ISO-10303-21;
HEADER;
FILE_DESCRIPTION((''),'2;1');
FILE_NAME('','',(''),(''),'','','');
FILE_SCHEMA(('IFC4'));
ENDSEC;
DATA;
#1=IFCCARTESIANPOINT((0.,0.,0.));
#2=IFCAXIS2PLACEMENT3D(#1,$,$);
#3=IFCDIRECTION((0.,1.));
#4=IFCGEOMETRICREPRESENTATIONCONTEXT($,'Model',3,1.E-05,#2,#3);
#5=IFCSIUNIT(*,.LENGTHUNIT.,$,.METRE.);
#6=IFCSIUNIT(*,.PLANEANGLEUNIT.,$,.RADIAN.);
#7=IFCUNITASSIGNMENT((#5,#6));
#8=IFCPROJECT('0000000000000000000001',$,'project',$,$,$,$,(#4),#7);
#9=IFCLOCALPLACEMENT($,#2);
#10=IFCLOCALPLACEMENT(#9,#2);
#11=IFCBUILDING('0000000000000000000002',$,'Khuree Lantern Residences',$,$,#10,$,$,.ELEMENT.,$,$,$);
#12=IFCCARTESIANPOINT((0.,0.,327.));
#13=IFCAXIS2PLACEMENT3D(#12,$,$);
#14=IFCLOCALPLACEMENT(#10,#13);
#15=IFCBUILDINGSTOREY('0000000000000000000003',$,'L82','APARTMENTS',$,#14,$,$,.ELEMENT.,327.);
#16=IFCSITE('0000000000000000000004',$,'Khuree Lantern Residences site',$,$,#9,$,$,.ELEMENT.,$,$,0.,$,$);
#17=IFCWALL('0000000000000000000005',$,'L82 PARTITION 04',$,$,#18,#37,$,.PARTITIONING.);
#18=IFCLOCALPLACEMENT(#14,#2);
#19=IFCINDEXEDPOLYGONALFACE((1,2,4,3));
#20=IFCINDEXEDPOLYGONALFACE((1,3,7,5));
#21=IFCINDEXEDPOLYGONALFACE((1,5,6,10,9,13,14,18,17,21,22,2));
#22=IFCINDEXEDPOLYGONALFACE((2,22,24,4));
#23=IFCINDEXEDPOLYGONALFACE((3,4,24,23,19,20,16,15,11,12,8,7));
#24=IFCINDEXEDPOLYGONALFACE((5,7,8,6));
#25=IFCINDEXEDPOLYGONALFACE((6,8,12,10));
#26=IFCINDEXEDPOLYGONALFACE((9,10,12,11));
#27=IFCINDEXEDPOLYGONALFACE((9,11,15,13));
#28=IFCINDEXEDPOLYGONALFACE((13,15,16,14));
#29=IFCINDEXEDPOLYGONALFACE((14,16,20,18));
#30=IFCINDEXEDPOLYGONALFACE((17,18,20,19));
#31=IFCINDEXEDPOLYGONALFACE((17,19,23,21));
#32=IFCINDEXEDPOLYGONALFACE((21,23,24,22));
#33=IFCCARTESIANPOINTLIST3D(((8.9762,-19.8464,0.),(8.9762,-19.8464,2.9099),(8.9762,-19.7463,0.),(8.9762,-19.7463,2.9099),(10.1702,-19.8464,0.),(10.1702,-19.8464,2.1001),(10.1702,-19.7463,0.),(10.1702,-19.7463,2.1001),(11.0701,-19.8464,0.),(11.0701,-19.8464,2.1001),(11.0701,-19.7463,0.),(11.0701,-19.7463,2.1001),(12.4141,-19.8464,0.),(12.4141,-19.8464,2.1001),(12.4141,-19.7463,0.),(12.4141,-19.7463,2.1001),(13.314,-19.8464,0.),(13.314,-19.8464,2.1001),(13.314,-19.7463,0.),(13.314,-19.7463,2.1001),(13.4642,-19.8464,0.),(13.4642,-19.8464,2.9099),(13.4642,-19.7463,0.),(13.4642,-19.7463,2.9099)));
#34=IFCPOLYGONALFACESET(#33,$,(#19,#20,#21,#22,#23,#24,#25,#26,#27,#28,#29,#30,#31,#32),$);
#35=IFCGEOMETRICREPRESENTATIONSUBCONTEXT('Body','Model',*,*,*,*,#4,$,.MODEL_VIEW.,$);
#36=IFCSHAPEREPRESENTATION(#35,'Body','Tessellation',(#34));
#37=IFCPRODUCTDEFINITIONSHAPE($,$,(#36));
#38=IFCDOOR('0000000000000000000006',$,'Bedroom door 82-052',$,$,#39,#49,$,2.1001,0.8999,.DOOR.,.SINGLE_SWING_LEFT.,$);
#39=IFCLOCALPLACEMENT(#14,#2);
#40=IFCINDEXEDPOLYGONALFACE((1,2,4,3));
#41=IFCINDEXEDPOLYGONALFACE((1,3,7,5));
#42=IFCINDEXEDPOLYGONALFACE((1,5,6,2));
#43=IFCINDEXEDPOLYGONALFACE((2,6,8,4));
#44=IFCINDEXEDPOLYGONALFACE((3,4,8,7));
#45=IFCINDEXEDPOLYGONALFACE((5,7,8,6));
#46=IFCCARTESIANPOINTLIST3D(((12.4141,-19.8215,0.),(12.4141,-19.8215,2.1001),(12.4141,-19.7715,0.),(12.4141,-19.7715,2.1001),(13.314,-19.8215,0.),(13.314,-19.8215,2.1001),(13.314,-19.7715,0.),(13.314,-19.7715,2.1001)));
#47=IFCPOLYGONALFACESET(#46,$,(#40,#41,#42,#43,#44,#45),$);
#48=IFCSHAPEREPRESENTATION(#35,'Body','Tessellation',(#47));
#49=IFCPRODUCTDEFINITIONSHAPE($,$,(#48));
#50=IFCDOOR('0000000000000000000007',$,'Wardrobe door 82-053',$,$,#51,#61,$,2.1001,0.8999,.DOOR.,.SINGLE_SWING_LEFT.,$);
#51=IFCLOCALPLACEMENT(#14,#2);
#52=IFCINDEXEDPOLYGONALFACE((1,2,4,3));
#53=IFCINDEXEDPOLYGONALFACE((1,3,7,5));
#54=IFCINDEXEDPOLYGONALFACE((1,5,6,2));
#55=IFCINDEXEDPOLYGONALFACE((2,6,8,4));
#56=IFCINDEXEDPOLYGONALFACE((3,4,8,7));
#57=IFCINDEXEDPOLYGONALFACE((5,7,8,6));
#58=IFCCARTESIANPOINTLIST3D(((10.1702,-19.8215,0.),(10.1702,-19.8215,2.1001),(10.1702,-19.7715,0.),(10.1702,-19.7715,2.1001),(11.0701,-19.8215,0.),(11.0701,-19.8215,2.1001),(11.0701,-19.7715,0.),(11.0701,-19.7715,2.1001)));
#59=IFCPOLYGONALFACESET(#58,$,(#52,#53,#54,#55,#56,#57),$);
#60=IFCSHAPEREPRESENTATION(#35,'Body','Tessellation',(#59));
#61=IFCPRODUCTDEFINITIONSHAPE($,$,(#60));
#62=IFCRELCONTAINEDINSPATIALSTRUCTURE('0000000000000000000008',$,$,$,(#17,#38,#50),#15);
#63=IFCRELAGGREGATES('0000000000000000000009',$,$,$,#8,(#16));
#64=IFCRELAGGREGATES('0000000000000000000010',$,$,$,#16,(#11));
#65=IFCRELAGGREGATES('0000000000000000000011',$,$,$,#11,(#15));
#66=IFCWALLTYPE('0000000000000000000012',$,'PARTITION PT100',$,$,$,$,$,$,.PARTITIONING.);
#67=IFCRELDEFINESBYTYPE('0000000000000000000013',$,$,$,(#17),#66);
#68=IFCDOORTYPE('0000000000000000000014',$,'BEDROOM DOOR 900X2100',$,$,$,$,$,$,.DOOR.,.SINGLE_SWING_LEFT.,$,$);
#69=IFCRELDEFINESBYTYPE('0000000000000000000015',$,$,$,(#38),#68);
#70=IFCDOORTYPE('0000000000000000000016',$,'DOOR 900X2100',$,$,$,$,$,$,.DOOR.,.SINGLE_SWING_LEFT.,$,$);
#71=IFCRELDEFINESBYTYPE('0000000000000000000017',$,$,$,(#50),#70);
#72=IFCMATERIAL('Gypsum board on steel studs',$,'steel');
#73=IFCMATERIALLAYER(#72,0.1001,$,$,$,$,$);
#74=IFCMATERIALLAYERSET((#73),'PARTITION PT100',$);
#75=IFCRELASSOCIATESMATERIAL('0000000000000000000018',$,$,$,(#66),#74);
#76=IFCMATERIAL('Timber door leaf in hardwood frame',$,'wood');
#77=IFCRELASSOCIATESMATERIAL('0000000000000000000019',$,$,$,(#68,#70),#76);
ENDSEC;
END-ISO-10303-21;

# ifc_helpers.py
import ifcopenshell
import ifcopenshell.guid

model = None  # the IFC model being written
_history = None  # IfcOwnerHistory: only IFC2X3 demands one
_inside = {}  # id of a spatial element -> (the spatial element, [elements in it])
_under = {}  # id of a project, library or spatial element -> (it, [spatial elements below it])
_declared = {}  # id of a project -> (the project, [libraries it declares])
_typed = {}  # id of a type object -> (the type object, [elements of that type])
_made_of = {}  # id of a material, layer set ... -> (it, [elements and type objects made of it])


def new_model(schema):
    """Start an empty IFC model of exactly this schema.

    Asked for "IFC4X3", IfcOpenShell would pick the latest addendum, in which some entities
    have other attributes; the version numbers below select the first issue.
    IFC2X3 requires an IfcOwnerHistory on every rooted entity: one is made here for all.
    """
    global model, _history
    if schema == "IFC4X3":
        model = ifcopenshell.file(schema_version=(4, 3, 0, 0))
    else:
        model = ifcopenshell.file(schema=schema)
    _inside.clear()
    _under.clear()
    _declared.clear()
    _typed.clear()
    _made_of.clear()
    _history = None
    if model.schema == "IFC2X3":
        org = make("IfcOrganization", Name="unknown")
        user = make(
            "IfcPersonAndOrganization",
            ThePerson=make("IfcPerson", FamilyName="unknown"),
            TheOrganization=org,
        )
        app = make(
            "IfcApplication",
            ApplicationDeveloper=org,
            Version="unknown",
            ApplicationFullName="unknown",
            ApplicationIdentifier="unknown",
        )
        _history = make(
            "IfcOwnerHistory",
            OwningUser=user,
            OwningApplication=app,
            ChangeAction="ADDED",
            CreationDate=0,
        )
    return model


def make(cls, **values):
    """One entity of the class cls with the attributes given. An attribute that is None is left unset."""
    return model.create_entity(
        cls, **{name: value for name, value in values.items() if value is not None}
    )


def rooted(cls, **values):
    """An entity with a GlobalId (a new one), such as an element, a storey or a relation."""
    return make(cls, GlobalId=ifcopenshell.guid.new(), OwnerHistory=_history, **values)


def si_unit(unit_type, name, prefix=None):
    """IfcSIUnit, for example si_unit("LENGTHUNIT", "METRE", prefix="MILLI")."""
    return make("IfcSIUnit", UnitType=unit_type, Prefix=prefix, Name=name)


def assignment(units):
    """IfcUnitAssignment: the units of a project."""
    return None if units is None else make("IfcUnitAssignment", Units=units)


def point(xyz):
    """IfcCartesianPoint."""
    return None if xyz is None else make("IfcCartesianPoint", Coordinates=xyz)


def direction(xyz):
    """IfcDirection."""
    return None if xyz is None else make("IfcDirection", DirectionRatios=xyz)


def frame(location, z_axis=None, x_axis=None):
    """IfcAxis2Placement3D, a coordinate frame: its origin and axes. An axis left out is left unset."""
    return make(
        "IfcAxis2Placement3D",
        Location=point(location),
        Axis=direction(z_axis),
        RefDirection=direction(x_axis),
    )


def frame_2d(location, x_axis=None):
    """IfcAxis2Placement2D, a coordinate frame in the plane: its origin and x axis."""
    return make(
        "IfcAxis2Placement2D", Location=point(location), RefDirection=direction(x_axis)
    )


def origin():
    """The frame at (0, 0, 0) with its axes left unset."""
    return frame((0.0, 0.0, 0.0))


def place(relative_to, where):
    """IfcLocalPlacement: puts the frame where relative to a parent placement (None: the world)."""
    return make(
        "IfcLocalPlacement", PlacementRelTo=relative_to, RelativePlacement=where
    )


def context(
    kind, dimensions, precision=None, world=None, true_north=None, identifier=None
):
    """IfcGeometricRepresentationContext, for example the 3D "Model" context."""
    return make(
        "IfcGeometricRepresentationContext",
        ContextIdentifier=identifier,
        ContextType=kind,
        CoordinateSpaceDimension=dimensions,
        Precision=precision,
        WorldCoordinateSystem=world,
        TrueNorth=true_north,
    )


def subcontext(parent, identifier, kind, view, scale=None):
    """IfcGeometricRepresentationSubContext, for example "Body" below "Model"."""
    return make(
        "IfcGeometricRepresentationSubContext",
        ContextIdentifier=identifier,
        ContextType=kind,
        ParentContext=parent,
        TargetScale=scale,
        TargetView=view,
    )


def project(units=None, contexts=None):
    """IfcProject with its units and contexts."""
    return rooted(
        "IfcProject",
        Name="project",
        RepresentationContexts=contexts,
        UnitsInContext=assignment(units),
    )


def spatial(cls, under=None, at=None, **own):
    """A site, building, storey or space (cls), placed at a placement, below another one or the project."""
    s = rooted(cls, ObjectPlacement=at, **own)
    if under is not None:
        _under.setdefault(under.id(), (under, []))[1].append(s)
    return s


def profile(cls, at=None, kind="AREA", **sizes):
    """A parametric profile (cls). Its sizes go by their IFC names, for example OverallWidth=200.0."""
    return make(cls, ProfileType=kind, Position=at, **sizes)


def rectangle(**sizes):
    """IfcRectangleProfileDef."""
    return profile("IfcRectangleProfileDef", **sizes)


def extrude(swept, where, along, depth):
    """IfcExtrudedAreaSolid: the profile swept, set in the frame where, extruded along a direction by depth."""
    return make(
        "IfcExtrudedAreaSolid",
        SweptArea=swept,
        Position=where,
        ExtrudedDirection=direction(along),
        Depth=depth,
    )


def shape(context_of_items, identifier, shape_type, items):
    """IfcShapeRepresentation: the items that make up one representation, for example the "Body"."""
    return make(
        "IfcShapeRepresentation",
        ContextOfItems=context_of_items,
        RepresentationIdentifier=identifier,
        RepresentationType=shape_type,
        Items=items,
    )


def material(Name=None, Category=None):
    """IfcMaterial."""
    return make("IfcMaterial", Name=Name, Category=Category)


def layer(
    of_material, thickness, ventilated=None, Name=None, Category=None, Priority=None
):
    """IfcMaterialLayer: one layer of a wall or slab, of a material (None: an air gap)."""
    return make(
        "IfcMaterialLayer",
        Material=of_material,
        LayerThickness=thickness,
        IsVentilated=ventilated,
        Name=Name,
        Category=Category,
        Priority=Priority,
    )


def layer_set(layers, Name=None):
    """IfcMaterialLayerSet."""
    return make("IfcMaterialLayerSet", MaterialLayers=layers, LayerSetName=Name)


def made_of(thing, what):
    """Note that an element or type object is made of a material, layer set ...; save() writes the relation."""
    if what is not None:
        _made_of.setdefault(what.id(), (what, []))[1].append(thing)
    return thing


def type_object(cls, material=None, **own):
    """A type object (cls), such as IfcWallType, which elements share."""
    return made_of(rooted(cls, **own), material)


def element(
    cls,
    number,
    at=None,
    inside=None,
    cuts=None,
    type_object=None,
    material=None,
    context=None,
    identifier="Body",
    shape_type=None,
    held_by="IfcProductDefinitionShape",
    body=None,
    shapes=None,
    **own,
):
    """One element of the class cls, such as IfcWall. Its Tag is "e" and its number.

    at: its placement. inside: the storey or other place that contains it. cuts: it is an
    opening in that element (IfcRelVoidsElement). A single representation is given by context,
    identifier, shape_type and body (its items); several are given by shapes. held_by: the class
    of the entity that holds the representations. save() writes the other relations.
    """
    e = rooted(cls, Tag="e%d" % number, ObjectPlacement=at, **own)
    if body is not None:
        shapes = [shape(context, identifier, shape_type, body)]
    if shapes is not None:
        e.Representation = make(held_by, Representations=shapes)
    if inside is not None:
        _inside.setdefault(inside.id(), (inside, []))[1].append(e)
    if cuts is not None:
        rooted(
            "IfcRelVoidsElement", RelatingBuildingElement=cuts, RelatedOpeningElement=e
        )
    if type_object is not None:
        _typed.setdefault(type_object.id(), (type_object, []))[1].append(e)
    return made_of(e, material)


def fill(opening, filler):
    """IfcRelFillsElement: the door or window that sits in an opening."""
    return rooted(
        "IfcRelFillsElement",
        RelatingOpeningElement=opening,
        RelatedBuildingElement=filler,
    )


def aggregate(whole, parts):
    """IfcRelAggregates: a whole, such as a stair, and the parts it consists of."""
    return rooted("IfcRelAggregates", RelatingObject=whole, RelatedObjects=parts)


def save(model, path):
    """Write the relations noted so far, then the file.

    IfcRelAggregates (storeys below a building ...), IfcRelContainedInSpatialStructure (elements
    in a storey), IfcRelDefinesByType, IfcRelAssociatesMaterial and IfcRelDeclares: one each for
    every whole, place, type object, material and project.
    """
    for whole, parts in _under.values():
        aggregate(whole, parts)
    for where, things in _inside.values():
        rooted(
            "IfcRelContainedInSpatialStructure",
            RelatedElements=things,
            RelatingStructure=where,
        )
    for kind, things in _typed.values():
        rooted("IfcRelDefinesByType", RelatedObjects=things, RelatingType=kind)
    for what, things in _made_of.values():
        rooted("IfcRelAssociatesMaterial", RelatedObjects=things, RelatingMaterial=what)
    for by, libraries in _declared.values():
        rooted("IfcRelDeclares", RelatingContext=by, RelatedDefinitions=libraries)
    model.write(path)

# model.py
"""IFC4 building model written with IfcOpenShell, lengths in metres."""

from ifc_helpers import new_model, si_unit, direction, frame, frame_2d, origin, place, context, subcontext, project, spatial, rectangle, extrude, material, layer, layer_set, type_object, element, fill, save


model = new_model("IFC4")

# Units and contexts
model_context = context("Model", 3, precision=1e-05, world=origin(), true_north=direction((0.0, 1.0)))
body_context = subcontext(model_context, "Body", "Model", "MODEL_VIEW")
ifc_project = project(units=[si_unit("LENGTHUNIT", "METRE"), si_unit("PLANEANGLEUNIT", "RADIAN")], contexts=[model_context])

# Site, building, storey
site_placement = place(None, origin())
site = spatial("IfcSite", under=ifc_project, at=site_placement, Name="Khuree Lantern Residences site", CompositionType="ELEMENT", RefElevation=0.0)
building_placement = place(site_placement, origin())
building = spatial("IfcBuilding", under=site, at=building_placement, Name="Khuree Lantern Residences", CompositionType="ELEMENT")
storey_placement = place(building_placement, frame((0.0, 0.0, 327.0)))
storey = spatial("IfcBuildingStorey", under=building, at=storey_placement, Name="L82", Description="APARTMENTS", CompositionType="ELEMENT", Elevation=327.0)

# Shared definitions
ifc_material_1 = material(Name="Gypsum board on steel studs", Category="steel")
ifc_layer_1 = layer(ifc_material_1, 0.1001)
ifc_layer_set_1 = layer_set([ifc_layer_1], Name="PARTITION PT100")
wall_type = type_object("IfcWallType", Name="PARTITION PT100", PredefinedType="PARTITIONING", material=ifc_layer_set_1)

# Shared definitions
ifc_material_2 = material(Name="Timber door leaf in hardwood frame", Category="wood")
door_type_1 = type_object("IfcDoorType", Name="BEDROOM DOOR 900X2100", OperationType="SINGLE_SWING_LEFT", PredefinedType="DOOR", material=ifc_material_2)

# Wall, openings, doors
wall_1_placement = place(storey_placement, frame((8.9761, -19.7964, 0.0), z_axis=(0.0, 0.0, 1.0), x_axis=(1.0, 0.0, 0.0)))
wall_1 = element("IfcWall", 1, at=wall_1_placement, inside=storey, type_object=wall_type, Name="L82 PARTITION 04", PredefinedType="PARTITIONING", context=body_context, shape_type="SweptSolid", body=[
    extrude(rectangle(XDim=4.488, YDim=0.1001, at=frame_2d((2.2441, 0.0))), origin(), (0.0, 0.0, 1.0), 2.9099),
])
opening_1_placement = place(wall_1_placement, frame((3.438, 0.0, 0.0)))
opening_1 = element("IfcOpeningElement", 2, at=opening_1_placement, cuts=wall_1, PredefinedType="OPENING", context=body_context, shape_type="SweptSolid", body=[
    extrude(rectangle(XDim=0.8999, YDim=2.1001, at=frame_2d((0.45, 1.05))), frame((0.0, 0.0601, 0.0), z_axis=(0.0, -1.0, 0.0), x_axis=(1.0, 0.0, 0.0)), (0.0, 0.0, 1.0), 0.1201),
])
opening_2_placement = place(wall_1_placement, frame((1.1941, 0.0, 0.0)))
opening_2 = element("IfcOpeningElement", 3, at=opening_2_placement, cuts=wall_1, PredefinedType="OPENING", context=body_context, shape_type="SweptSolid", body=[
    extrude(rectangle(XDim=0.8999, YDim=2.1001, at=frame_2d((0.45, 1.05))), frame((0.0, 0.0601, 0.0), z_axis=(0.0, -1.0, 0.0), x_axis=(1.0, 0.0, 0.0)), (0.0, 0.0, 1.0), 0.1201),
])
door_1_placement = place(opening_1_placement, origin())
door_1 = element("IfcDoor", 4, at=door_1_placement, inside=storey, type_object=door_type_1, Name="Bedroom door 82-052", OperationType="SINGLE_SWING_LEFT", OverallHeight=2.1001, OverallWidth=0.8999, PredefinedType="DOOR", context=body_context, shape_type="SweptSolid", body=[
    extrude(rectangle(XDim=0.8999, YDim=2.1001, at=frame_2d((0.45, 1.05))), frame((0.0, 0.0249, 0.0), z_axis=(0.0, -1.0, 0.0), x_axis=(1.0, 0.0, 0.0)), (0.0, 0.0, 1.0), 0.05),
])
fill(opening_1, door_1)
door_type_2 = type_object("IfcDoorType", Name="DOOR 900X2100", OperationType="SINGLE_SWING_LEFT", PredefinedType="DOOR", material=ifc_material_2)
door_2_placement = place(opening_2_placement, origin())
door_2 = element("IfcDoor", 5, at=door_2_placement, inside=storey, type_object=door_type_2, Name="Wardrobe door 82-053", OperationType="SINGLE_SWING_LEFT", OverallHeight=2.1001, OverallWidth=0.8999, PredefinedType="DOOR", context=body_context, shape_type="SweptSolid", body=[
    extrude(rectangle(XDim=0.8999, YDim=2.1001, at=frame_2d((0.45, 1.05))), frame((0.0, 0.0249, 0.0), z_axis=(0.0, -1.0, 0.0), x_axis=(1.0, 0.0, 0.0)), (0.0, 0.0, 1.0), 0.05),
])
fill(opening_2, door_2)

save(model, "model.ifc")
